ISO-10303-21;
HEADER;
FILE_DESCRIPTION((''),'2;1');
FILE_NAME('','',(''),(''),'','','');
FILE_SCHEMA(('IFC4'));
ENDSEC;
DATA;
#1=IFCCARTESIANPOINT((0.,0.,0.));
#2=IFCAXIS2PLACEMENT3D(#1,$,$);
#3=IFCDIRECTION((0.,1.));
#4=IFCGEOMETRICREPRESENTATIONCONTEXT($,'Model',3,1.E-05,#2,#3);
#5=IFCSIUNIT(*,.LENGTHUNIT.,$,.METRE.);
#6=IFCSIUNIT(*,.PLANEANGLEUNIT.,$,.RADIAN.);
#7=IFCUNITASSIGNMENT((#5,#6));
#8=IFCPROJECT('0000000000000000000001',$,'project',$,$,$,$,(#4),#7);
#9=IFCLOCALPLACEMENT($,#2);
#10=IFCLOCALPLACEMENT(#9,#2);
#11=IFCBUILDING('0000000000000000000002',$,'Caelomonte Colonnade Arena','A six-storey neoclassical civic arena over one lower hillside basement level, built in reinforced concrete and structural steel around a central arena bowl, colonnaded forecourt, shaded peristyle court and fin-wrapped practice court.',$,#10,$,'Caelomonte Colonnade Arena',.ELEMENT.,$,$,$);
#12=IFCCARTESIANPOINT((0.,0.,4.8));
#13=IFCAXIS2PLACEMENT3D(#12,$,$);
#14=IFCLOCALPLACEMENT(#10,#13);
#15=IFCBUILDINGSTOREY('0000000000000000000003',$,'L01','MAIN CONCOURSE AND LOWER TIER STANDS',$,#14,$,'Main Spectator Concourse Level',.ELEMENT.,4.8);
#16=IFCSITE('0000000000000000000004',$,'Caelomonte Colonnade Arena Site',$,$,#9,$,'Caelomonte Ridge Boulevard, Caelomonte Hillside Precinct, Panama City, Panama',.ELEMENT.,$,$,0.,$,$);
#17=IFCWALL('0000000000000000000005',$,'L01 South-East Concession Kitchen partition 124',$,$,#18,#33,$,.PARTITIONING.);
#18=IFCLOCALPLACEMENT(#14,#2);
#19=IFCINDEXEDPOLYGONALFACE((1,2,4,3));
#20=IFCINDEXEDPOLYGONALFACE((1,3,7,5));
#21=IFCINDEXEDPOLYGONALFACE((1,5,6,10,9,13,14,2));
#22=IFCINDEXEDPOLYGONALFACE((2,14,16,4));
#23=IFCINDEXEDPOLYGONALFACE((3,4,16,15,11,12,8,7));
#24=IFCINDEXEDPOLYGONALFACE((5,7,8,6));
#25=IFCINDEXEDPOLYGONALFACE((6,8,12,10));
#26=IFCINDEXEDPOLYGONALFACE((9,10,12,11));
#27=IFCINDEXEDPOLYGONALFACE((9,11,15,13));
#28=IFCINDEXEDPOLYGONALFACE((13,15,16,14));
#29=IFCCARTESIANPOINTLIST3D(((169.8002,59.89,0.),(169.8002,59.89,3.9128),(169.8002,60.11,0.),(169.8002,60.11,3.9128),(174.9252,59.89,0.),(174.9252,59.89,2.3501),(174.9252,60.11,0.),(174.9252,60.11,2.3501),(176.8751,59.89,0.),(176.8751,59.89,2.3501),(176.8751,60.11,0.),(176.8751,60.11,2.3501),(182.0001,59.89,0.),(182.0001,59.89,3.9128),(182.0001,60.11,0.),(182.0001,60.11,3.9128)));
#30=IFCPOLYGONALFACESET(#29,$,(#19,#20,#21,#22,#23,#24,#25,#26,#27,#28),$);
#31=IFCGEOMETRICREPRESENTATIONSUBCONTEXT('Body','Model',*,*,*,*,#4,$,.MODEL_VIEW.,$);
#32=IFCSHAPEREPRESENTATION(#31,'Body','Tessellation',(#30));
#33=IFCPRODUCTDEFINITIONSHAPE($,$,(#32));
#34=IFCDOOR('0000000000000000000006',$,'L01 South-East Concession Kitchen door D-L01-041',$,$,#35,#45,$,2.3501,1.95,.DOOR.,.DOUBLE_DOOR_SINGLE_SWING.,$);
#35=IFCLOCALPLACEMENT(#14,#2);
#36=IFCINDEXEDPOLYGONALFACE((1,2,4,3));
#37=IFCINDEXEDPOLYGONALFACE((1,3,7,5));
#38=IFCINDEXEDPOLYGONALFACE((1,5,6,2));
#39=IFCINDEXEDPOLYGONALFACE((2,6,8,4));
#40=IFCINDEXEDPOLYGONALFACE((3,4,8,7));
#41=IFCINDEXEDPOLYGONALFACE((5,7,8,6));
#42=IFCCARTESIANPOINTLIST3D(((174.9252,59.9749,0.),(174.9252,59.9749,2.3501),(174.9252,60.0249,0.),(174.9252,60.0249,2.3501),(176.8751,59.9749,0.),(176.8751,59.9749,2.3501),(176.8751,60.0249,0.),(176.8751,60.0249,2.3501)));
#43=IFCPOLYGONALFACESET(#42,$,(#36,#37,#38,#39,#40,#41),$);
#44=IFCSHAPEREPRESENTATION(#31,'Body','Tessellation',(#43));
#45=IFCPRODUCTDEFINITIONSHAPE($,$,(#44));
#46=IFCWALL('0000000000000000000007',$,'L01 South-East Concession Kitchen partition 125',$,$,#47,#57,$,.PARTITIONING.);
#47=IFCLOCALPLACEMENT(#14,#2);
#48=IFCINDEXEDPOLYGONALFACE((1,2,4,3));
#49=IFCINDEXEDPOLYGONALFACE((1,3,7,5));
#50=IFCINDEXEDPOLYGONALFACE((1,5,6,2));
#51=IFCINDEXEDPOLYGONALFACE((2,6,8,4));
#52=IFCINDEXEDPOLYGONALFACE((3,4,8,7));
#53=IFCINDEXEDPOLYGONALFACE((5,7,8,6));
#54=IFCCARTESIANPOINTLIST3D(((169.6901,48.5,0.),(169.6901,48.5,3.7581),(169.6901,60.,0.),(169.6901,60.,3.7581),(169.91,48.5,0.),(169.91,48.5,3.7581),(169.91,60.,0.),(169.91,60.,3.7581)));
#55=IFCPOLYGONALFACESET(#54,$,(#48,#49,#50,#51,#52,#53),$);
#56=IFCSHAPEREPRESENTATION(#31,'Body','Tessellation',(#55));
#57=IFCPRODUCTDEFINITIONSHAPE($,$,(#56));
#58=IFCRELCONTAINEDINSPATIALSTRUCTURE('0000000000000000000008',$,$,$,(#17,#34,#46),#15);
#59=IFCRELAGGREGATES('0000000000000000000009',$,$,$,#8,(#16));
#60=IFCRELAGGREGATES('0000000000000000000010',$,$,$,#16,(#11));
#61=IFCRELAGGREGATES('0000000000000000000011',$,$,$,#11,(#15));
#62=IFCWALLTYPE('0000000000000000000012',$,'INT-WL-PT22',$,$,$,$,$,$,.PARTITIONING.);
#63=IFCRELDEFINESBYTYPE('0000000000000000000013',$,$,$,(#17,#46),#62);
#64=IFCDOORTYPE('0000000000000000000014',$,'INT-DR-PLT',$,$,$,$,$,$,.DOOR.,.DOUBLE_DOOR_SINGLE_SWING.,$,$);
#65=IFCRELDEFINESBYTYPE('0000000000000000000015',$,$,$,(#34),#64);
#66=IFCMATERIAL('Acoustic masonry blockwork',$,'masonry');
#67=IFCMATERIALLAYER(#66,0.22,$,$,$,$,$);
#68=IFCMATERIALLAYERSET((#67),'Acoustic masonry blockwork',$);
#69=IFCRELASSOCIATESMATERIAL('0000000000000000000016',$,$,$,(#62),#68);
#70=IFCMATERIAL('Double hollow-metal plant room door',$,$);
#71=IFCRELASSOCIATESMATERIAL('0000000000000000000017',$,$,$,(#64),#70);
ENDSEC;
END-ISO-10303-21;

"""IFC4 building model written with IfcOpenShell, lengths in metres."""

from ifc_helpers import new_model, si_unit, direction, frame, frame_2d, origin, place, context, subcontext, project, spatial, rectangle, extrude, material, layer, layer_set, type_object, element, fill, save


model = new_model("IFC4")

# Units and contexts
model_context = context("Model", 3, precision=1e-05, world=origin(), true_north=direction((0.0, 1.0)))
body_context = subcontext(model_context, "Body", "Model", "MODEL_VIEW")
ifc_project = project(units=[si_unit("LENGTHUNIT", "METRE"), si_unit("PLANEANGLEUNIT", "RADIAN")], contexts=[model_context])

# Site, building, storey
site_placement = place(None, origin())
site = spatial("IfcSite", under=ifc_project, at=site_placement, Name="Caelomonte Colonnade Arena Site", LongName="Caelomonte Ridge Boulevard, Caelomonte Hillside Precinct, Panama City, Panama", CompositionType="ELEMENT", RefElevation=0.0)
building_placement = place(site_placement, origin())
building = spatial("IfcBuilding", under=site, at=building_placement, Name="Caelomonte Colonnade Arena", Description="A six-storey neoclassical civic arena over one lower hillside basement level, built in reinforced concrete and structural steel around a central arena bowl, colonnaded forecourt, shaded peristyle court and fin-wrapped practice court.", LongName="Caelomonte Colonnade Arena", CompositionType="ELEMENT")
storey_placement = place(building_placement, frame((0.0, 0.0, 4.8)))
storey = spatial("IfcBuildingStorey", under=building, at=storey_placement, Name="L01", Description="MAIN CONCOURSE AND LOWER TIER STANDS", LongName="Main Spectator Concourse Level", CompositionType="ELEMENT", Elevation=4.8)

# Wall, opening, door
ifc_material_1 = material(Name="Acoustic masonry blockwork", Category="masonry")
ifc_layer_1 = layer(ifc_material_1, 0.22)
ifc_layer_set_1 = layer_set([ifc_layer_1], Name="Acoustic masonry blockwork")
wall_type_1 = type_object("IfcWallType", Name="INT-WL-PT22", PredefinedType="PARTITIONING", material=ifc_layer_set_1)
wall_1_placement = place(storey_placement, frame((169.8, 60.0, 0.0), z_axis=(0.0, 0.0, 1.0), x_axis=(1.0, 0.0, 0.0)))
wall_1 = element("IfcWall", 1, at=wall_1_placement, inside=storey, type_object=wall_type_1, Name="L01 South-East Concession Kitchen partition 124", PredefinedType="PARTITIONING", context=body_context, shape_type="SweptSolid", body=[
    extrude(rectangle(XDim=12.2, YDim=0.22, at=frame_2d((6.1001, 0.0))), origin(), (0.0, 0.0, 1.0), 3.9128),
])
opening_1_placement = place(wall_1_placement, frame((5.125, 0.0, 0.0), z_axis=(0.0, 0.0, 1.0), x_axis=(1.0, 0.0, 0.0)))
opening_1 = element("IfcOpeningElement", 2, at=opening_1_placement, cuts=wall_1, PredefinedType="OPENING", context=body_context, shape_type="SweptSolid", body=[
    extrude(rectangle(XDim=1.95, YDim=2.3501, at=frame_2d((0.9751, 1.175))), frame((0.0, 0.1199, 0.0), z_axis=(0.0, -1.0, 0.0), x_axis=(1.0, 0.0, 0.0)), (0.0, 0.0, 1.0), 0.24),
])
ifc_material_2 = material(Name="Double hollow-metal plant room door")
door_type_1 = type_object("IfcDoorType", Name="INT-DR-PLT", OperationType="DOUBLE_DOOR_SINGLE_SWING", PredefinedType="DOOR", material=ifc_material_2)
door_1_placement = place(opening_1_placement, origin())
door_1 = element("IfcDoor", 3, at=door_1_placement, inside=storey, type_object=door_type_1, Name="L01 South-East Concession Kitchen door D-L01-041", OperationType="DOUBLE_DOOR_SINGLE_SWING", OverallHeight=2.3501, OverallWidth=1.95, PredefinedType="DOOR", context=body_context, shape_type="SweptSolid", body=[
    extrude(rectangle(XDim=1.95, YDim=2.3501, at=frame_2d((0.9751, 1.175))), frame((0.0, 0.0249, 0.0), z_axis=(0.0, -1.0, 0.0), x_axis=(1.0, 0.0, 0.0)), (0.0, 0.0, 1.0), 0.05),
])
fill(opening_1, door_1)

# Wall
wall_2_placement = place(storey_placement, frame((169.8, 48.5, 0.0), z_axis=(0.0, 0.0, 1.0), x_axis=(0.0, 1.0, 0.0)))
element("IfcWall", 4, at=wall_2_placement, inside=storey, type_object=wall_type_1, Name="L01 South-East Concession Kitchen partition 125", PredefinedType="PARTITIONING", context=body_context, shape_type="SweptSolid", body=[
    extrude(rectangle(XDim=11.5, YDim=0.22, at=frame_2d((5.75, 0.0))), origin(), (0.0, 0.0, 1.0), 3.7581),
])

save(model, "model.ifc")
